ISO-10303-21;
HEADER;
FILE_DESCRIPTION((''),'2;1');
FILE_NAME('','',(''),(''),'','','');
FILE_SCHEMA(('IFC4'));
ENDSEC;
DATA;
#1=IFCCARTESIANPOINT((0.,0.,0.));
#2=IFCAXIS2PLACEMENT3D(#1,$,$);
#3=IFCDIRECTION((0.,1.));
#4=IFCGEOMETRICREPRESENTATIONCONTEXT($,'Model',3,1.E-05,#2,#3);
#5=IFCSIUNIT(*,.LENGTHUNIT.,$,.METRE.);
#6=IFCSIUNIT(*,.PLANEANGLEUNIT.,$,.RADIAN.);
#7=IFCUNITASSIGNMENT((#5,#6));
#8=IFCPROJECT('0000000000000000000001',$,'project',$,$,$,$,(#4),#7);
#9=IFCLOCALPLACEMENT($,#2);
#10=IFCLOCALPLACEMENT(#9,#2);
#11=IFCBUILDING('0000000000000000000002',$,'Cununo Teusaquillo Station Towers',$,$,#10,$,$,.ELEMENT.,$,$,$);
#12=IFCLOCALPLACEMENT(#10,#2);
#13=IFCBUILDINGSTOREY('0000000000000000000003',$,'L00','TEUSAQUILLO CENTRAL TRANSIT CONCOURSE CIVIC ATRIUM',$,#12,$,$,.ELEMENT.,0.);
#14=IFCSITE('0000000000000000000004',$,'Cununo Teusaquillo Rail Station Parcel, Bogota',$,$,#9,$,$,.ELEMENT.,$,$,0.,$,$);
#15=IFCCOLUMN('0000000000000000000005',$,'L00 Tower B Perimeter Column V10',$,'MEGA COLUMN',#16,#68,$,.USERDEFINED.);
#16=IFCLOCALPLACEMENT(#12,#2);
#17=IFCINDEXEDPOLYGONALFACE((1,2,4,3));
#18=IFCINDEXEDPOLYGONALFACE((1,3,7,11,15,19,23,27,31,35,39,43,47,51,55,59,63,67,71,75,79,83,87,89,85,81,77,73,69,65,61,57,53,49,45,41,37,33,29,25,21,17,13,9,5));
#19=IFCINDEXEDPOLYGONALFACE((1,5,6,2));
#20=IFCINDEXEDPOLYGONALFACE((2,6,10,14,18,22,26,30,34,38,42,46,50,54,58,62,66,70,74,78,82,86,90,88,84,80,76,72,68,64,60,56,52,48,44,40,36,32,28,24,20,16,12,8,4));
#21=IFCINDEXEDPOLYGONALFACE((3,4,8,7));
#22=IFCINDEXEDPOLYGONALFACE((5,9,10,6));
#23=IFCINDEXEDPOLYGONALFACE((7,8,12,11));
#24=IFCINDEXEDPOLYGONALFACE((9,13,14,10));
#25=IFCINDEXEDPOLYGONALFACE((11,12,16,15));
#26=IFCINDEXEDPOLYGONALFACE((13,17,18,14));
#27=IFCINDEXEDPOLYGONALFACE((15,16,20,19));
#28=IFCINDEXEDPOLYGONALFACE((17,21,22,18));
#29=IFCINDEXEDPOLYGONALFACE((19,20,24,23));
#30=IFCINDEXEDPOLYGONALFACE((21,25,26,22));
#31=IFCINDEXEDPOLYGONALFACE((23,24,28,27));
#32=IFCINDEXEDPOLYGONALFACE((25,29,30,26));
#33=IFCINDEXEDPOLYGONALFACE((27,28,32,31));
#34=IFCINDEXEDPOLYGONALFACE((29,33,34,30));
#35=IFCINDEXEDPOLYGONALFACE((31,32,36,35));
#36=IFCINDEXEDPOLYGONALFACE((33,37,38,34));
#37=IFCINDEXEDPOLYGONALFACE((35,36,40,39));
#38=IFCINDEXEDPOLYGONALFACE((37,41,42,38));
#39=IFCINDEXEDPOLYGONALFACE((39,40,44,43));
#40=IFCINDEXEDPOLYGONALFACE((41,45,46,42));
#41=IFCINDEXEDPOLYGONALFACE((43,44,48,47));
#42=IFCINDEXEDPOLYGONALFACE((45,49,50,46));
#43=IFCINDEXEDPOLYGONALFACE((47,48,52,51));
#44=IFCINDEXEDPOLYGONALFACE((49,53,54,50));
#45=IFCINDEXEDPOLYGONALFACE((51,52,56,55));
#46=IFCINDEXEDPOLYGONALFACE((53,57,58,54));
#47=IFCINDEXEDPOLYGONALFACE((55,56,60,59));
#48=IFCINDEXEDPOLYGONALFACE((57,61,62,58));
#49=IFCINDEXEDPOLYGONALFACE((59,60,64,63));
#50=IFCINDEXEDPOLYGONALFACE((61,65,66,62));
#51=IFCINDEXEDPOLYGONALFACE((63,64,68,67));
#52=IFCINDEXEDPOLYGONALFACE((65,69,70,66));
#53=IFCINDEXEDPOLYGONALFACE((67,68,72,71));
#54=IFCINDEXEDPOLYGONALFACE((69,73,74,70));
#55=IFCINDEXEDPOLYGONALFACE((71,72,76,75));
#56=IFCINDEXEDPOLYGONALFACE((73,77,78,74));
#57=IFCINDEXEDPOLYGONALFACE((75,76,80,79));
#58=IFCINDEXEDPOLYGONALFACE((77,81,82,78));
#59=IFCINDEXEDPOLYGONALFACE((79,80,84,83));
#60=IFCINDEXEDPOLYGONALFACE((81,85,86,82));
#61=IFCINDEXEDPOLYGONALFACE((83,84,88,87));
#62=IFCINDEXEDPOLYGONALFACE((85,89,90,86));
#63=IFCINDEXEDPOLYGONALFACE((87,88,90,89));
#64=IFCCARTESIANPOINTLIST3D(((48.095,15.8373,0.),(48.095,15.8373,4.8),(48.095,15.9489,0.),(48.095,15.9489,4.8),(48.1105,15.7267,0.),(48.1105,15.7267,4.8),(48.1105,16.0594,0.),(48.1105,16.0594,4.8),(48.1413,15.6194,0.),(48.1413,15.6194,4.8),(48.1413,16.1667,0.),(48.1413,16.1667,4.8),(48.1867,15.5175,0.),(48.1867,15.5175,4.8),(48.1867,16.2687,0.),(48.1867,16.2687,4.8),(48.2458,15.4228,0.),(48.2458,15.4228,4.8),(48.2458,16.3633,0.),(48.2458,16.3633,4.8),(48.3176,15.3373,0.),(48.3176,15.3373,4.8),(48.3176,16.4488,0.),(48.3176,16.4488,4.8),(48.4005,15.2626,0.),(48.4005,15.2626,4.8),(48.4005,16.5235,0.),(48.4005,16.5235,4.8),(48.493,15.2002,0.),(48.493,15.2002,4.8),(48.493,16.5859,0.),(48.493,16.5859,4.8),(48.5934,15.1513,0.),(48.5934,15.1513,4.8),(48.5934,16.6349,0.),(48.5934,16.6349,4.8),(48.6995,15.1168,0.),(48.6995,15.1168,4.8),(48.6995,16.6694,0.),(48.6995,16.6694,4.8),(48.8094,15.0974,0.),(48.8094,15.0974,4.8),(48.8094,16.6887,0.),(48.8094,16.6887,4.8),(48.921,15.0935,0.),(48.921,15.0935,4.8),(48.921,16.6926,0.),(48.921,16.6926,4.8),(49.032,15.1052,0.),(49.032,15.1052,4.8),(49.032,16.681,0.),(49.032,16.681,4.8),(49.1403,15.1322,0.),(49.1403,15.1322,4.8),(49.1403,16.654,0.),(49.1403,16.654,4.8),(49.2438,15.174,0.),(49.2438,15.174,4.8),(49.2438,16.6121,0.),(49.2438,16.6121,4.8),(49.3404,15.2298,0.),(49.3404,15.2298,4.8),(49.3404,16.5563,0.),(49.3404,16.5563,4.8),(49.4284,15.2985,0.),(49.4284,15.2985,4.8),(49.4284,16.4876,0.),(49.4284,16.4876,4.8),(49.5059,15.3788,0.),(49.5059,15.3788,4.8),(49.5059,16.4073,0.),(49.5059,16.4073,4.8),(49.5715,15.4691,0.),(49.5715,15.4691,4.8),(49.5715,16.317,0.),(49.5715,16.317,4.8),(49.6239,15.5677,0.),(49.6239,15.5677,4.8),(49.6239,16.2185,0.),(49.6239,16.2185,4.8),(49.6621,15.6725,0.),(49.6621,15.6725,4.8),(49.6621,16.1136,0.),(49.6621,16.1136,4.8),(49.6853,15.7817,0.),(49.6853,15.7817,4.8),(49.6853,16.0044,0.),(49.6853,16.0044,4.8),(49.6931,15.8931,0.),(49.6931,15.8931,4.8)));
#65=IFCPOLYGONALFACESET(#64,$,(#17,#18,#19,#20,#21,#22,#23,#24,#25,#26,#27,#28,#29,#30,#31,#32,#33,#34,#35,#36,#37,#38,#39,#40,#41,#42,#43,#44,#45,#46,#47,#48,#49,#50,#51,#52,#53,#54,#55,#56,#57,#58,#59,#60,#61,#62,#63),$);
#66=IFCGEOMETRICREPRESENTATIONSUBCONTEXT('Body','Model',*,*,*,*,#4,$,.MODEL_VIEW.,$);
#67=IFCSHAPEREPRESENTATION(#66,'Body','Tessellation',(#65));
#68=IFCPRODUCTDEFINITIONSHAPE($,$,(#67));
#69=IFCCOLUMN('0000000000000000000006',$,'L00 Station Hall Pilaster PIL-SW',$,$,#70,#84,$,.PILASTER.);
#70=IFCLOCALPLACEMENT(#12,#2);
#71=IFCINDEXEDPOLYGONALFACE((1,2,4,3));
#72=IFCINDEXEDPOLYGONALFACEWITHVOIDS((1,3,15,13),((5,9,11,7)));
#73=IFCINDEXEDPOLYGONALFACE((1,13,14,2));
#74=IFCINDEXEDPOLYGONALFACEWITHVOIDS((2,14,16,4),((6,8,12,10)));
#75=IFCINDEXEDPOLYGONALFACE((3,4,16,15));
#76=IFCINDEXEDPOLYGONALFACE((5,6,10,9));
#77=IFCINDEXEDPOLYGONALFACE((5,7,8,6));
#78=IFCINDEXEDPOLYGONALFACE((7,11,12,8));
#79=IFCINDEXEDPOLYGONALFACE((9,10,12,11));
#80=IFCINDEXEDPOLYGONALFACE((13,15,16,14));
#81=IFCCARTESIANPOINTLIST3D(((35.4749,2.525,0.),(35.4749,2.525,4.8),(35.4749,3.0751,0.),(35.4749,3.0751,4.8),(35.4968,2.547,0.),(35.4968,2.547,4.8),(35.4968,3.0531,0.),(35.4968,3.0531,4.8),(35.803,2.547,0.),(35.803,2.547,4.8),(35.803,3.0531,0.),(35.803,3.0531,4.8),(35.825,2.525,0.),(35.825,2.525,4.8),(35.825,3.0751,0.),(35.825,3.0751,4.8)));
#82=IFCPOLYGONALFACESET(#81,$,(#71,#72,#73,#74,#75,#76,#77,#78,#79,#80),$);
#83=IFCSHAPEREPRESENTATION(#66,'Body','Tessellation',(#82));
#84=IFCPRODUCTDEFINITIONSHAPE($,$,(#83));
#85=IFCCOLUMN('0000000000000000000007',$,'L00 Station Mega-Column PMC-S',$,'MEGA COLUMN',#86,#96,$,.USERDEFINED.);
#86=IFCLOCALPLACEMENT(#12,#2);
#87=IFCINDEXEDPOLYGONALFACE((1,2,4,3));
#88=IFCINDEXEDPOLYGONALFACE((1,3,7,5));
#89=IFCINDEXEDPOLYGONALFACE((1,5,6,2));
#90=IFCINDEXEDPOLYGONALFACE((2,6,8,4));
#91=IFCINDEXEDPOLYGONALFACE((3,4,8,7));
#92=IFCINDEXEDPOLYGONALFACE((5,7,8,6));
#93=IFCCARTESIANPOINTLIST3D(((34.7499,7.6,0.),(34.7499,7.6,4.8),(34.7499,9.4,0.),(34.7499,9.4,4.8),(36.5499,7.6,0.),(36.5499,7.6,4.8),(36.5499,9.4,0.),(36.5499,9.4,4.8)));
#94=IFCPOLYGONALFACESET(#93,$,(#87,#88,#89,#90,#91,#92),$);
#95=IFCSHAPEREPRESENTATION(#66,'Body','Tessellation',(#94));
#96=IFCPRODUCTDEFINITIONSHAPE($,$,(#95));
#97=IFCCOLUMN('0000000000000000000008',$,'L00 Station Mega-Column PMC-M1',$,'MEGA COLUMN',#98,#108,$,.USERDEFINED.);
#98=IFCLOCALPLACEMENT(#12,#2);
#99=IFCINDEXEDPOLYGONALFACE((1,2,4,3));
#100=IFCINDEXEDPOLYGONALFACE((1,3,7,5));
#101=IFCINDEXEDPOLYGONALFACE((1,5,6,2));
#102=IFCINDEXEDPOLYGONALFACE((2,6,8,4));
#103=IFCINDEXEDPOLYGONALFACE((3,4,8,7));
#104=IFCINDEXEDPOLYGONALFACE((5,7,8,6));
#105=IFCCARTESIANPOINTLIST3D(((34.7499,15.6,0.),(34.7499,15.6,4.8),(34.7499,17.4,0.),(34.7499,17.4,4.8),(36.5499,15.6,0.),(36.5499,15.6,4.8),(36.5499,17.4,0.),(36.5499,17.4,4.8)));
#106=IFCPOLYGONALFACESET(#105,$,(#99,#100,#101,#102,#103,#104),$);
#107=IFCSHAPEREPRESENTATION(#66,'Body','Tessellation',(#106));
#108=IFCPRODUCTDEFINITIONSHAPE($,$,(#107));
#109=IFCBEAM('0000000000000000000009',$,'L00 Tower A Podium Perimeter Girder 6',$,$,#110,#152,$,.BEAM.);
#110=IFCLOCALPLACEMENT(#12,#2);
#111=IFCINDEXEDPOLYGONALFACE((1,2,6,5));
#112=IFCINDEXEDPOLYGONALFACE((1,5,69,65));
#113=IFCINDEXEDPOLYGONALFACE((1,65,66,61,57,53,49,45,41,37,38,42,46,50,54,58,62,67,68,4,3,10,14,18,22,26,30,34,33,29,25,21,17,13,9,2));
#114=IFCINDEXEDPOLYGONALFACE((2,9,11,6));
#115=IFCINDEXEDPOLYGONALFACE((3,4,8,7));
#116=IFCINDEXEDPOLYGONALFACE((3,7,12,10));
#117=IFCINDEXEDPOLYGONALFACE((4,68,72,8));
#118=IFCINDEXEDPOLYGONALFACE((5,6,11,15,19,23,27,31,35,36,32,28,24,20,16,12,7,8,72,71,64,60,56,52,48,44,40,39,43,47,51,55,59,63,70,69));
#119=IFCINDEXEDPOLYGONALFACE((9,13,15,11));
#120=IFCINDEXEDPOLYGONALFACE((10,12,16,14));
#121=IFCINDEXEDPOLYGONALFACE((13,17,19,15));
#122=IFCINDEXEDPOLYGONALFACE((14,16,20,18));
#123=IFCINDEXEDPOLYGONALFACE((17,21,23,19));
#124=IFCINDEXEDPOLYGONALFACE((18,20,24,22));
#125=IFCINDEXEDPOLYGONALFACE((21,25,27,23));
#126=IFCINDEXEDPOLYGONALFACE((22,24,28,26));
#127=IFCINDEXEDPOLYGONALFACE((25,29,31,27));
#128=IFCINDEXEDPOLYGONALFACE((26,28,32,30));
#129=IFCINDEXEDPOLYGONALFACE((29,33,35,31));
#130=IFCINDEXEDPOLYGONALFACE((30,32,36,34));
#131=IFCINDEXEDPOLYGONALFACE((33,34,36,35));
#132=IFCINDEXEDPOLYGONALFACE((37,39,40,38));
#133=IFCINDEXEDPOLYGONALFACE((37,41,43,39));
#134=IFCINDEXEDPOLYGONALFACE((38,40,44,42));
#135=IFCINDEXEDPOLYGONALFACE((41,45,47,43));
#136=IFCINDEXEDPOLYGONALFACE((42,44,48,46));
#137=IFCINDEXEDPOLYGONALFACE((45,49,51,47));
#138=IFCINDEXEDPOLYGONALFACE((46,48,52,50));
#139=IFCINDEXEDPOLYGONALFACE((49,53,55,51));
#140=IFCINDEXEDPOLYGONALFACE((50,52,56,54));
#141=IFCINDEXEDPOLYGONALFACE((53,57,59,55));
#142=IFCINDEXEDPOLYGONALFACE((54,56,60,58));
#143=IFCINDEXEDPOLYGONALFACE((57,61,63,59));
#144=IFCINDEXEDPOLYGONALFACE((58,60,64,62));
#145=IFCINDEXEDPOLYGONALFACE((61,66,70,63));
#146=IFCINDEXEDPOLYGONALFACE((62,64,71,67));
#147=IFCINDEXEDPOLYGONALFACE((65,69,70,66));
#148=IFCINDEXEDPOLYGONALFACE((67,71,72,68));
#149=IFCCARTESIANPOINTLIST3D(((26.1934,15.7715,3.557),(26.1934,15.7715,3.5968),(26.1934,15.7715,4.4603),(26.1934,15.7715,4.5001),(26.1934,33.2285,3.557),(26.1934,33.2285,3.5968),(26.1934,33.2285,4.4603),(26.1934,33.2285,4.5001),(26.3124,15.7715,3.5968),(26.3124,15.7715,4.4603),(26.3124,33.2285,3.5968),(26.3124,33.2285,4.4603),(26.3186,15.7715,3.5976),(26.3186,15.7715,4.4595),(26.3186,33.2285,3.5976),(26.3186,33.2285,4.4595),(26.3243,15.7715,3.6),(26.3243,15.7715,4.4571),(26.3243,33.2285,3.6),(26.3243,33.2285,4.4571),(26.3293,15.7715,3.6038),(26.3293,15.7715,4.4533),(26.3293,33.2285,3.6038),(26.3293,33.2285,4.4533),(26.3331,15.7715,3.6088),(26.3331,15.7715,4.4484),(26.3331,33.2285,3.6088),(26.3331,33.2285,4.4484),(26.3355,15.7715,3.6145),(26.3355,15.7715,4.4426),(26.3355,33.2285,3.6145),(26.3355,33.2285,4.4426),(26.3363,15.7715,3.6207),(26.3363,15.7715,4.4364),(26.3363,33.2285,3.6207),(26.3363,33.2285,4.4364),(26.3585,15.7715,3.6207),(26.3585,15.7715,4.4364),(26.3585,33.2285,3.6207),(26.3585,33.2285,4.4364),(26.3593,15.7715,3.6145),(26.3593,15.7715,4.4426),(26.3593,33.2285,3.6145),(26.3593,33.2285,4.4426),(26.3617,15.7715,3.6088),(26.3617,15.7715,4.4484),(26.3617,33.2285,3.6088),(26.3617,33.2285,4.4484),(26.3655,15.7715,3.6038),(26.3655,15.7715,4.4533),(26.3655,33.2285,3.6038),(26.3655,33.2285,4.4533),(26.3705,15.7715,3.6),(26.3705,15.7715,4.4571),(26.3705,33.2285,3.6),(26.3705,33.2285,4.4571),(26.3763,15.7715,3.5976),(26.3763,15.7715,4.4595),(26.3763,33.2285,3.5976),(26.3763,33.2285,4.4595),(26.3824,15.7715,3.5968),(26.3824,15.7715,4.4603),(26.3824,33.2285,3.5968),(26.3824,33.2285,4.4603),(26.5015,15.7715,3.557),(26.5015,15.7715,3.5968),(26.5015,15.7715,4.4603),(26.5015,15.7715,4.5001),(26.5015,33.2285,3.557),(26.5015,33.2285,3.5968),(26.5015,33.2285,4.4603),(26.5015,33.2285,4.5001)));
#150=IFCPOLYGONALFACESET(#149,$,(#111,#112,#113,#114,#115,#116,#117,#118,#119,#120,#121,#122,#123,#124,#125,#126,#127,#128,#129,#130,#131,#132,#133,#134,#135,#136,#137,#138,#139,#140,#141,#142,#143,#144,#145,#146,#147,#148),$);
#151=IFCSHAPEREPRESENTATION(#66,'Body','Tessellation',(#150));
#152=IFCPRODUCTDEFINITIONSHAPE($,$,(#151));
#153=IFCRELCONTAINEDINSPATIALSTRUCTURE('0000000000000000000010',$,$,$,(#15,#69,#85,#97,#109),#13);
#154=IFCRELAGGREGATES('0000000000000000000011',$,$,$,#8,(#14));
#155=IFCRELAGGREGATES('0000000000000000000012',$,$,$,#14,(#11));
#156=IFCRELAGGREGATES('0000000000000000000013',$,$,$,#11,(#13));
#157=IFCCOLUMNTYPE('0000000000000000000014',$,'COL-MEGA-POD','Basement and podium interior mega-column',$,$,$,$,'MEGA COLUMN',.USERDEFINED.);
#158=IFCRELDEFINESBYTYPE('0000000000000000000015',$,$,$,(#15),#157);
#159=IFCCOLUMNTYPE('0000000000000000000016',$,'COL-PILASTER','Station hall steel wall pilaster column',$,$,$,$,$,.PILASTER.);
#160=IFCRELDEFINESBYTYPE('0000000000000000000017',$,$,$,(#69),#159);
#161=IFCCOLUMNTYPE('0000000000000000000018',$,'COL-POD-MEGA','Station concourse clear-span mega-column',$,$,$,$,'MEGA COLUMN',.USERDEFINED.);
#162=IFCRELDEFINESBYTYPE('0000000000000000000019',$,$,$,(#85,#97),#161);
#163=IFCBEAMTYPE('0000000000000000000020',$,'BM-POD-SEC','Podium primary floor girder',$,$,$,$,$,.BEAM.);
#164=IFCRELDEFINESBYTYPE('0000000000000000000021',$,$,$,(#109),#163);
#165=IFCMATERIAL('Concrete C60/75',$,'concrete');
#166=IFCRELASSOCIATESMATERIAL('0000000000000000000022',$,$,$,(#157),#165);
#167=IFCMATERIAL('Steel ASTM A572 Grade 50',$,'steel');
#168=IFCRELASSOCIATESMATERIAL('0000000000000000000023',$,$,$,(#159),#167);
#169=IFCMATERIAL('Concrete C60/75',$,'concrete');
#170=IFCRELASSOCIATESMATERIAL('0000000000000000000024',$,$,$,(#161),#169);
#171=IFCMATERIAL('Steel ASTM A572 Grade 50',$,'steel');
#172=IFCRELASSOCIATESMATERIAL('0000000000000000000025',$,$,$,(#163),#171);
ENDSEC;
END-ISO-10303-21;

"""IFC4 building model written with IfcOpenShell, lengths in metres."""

from ifc_helpers import new_model, si_unit, direction, frame, origin, origin_2d, place, context, subcontext, project, spatial, rectangle, hollow_rectangle, circle, i_section, extrude, material, material_profile, profile_set, type_object, element, save


model = new_model("IFC4")

# Units and contexts
model_context = context("Model", 3, precision=1e-05, world=origin(), true_north=direction((0.0, 1.0)))
body_context = subcontext(model_context, "Body", "Model", "MODEL_VIEW")
ifc_project = project(units=[si_unit("LENGTHUNIT", "METRE"), si_unit("PLANEANGLEUNIT", "RADIAN")], contexts=[model_context])

# Site, building, storey
site_placement = place(None, origin())
site = spatial("IfcSite", under=ifc_project, at=site_placement, Name="Cununo Teusaquillo Rail Station Parcel, Bogota", CompositionType="ELEMENT", RefElevation=0.0)
building_placement = place(site_placement, origin())
building = spatial("IfcBuilding", under=site, at=building_placement, Name="Cununo Teusaquillo Station Towers", CompositionType="ELEMENT")
storey_placement = place(building_placement, origin())
storey = spatial("IfcBuildingStorey", under=building, at=storey_placement, Name="L00", Description="TEUSAQUILLO CENTRAL TRANSIT CONCOURSE CIVIC ATRIUM", CompositionType="ELEMENT", Elevation=0.0)

# Columns
ifc_material_1 = material(Name="Concrete C60/75", Category="concrete")
ifc_material_profile_1 = material_profile(ifc_material_1, circle(Radius=0.8, at=origin_2d()), Name="RC-CIRC-1600")
ifc_profile_set_1 = profile_set([ifc_material_profile_1], Name="Concrete C60/75")
column_type_1 = type_object("IfcColumnType", Name="COL-MEGA-POD", Description="Basement and podium interior mega-column", ElementType="MEGA COLUMN", PredefinedType="USERDEFINED", material=ifc_profile_set_1)
column_1_placement = place(storey_placement, frame((48.8931, 15.8931, 0.0), z_axis=(0.0, 0.0, 1.0), x_axis=(1.0, 0.0, 0.0)))
element("IfcColumn", 1, at=column_1_placement, inside=storey, type_object=column_type_1, Name="L00 Tower B Perimeter Column V10", ObjectType="MEGA COLUMN", PredefinedType="USERDEFINED", context=body_context, shape_type="SweptSolid", body=[
    extrude(circle(Radius=0.8, at=origin_2d()), origin(), (0.0, 0.0, 1.0), 4.8),
])
ifc_material_2 = material(Name="Steel ASTM A572 Grade 50", Category="steel")
ifc_material_profile_2 = material_profile(ifc_material_2, hollow_rectangle(XDim=0.3501, YDim=0.55, WallThickness=0.022, at=origin_2d()), Name="RHS 550x350x22")
ifc_profile_set_2 = profile_set([ifc_material_profile_2], Name="Steel ASTM A572 Grade 50")
column_type_2 = type_object("IfcColumnType", Name="COL-PILASTER", Description="Station hall steel wall pilaster column", PredefinedType="PILASTER", material=ifc_profile_set_2)
column_2_placement = place(storey_placement, frame((35.6499, 2.8, 0.0), z_axis=(0.0, 0.0, 1.0), x_axis=(1.0, 0.0, 0.0)))
element("IfcColumn", 2, at=column_2_placement, inside=storey, type_object=column_type_2, Name="L00 Station Hall Pilaster PIL-SW", PredefinedType="PILASTER", context=body_context, shape_type="SweptSolid", body=[
    extrude(hollow_rectangle(XDim=0.3501, YDim=0.55, WallThickness=0.022, at=origin_2d()), origin(), (0.0, 0.0, 1.0), 4.8),
])
ifc_material_3 = material(Name="Concrete C60/75", Category="concrete")
ifc_material_profile_3 = material_profile(ifc_material_3, rectangle(XDim=1.8, YDim=1.8, at=origin_2d()), Name="RC-RECT-1800x1800")
ifc_profile_set_3 = profile_set([ifc_material_profile_3], Name="Concrete C60/75")
column_type_3 = type_object("IfcColumnType", Name="COL-POD-MEGA", Description="Station concourse clear-span mega-column", ElementType="MEGA COLUMN", PredefinedType="USERDEFINED", material=ifc_profile_set_3)
for number, where, z_axis, x_axis, name in (
    (3, (35.6499, 8.5, 0.0), (0.0, 0.0, 1.0), (1.0, 0.0, 0.0), "L00 Station Mega-Column PMC-S"),
    (4, (35.6499, 16.5, 0.0), (0.0, 0.0, 1.0), (1.0, 0.0, 0.0), "L00 Station Mega-Column PMC-M1"),
):
    element("IfcColumn", number, at=place(storey_placement, frame(where, z_axis=z_axis, x_axis=x_axis)), inside=storey, type_object=column_type_3, Name=name, ObjectType="MEGA COLUMN", PredefinedType="USERDEFINED", context=body_context, shape_type="SweptSolid", body=[
        extrude(rectangle(XDim=1.8, YDim=1.8, at=origin_2d()), origin(), (0.0, 0.0, 1.0), 4.8),
    ])

# Beam
ifc_material_4 = material(Name="Steel ASTM A572 Grade 50", Category="steel")
ifc_material_profile_4 = material_profile(ifc_material_4, i_section(OverallWidth=0.3081, OverallDepth=0.9431, WebThickness=0.0222, FlangeThickness=0.0398, FilletRadius=0.0239, at=origin_2d()), Name="W36X232")
ifc_profile_set_4 = profile_set([ifc_material_profile_4], Name="Steel ASTM A572 Grade 50")
beam_type_1 = type_object("IfcBeamType", Name="BM-POD-SEC", Description="Podium primary floor girder", PredefinedType="BEAM", material=ifc_profile_set_4)
beam_1_placement = place(storey_placement, frame((26.3474, 15.7715, 4.0286), z_axis=(0.0, 1.0, 0.0), x_axis=(-1.0, 0.0, 0.0)))
element("IfcBeam", 5, at=beam_1_placement, inside=storey, type_object=beam_type_1, Name="L00 Tower A Podium Perimeter Girder 6", PredefinedType="BEAM", context=body_context, shape_type="SweptSolid", body=[
    extrude(i_section(OverallWidth=0.3081, OverallDepth=0.9431, WebThickness=0.0222, FlangeThickness=0.0398, FilletRadius=0.0239, at=origin_2d()), origin(), (0.0, 0.0, 1.0), 17.457),
])

save(model, "model.ifc")
